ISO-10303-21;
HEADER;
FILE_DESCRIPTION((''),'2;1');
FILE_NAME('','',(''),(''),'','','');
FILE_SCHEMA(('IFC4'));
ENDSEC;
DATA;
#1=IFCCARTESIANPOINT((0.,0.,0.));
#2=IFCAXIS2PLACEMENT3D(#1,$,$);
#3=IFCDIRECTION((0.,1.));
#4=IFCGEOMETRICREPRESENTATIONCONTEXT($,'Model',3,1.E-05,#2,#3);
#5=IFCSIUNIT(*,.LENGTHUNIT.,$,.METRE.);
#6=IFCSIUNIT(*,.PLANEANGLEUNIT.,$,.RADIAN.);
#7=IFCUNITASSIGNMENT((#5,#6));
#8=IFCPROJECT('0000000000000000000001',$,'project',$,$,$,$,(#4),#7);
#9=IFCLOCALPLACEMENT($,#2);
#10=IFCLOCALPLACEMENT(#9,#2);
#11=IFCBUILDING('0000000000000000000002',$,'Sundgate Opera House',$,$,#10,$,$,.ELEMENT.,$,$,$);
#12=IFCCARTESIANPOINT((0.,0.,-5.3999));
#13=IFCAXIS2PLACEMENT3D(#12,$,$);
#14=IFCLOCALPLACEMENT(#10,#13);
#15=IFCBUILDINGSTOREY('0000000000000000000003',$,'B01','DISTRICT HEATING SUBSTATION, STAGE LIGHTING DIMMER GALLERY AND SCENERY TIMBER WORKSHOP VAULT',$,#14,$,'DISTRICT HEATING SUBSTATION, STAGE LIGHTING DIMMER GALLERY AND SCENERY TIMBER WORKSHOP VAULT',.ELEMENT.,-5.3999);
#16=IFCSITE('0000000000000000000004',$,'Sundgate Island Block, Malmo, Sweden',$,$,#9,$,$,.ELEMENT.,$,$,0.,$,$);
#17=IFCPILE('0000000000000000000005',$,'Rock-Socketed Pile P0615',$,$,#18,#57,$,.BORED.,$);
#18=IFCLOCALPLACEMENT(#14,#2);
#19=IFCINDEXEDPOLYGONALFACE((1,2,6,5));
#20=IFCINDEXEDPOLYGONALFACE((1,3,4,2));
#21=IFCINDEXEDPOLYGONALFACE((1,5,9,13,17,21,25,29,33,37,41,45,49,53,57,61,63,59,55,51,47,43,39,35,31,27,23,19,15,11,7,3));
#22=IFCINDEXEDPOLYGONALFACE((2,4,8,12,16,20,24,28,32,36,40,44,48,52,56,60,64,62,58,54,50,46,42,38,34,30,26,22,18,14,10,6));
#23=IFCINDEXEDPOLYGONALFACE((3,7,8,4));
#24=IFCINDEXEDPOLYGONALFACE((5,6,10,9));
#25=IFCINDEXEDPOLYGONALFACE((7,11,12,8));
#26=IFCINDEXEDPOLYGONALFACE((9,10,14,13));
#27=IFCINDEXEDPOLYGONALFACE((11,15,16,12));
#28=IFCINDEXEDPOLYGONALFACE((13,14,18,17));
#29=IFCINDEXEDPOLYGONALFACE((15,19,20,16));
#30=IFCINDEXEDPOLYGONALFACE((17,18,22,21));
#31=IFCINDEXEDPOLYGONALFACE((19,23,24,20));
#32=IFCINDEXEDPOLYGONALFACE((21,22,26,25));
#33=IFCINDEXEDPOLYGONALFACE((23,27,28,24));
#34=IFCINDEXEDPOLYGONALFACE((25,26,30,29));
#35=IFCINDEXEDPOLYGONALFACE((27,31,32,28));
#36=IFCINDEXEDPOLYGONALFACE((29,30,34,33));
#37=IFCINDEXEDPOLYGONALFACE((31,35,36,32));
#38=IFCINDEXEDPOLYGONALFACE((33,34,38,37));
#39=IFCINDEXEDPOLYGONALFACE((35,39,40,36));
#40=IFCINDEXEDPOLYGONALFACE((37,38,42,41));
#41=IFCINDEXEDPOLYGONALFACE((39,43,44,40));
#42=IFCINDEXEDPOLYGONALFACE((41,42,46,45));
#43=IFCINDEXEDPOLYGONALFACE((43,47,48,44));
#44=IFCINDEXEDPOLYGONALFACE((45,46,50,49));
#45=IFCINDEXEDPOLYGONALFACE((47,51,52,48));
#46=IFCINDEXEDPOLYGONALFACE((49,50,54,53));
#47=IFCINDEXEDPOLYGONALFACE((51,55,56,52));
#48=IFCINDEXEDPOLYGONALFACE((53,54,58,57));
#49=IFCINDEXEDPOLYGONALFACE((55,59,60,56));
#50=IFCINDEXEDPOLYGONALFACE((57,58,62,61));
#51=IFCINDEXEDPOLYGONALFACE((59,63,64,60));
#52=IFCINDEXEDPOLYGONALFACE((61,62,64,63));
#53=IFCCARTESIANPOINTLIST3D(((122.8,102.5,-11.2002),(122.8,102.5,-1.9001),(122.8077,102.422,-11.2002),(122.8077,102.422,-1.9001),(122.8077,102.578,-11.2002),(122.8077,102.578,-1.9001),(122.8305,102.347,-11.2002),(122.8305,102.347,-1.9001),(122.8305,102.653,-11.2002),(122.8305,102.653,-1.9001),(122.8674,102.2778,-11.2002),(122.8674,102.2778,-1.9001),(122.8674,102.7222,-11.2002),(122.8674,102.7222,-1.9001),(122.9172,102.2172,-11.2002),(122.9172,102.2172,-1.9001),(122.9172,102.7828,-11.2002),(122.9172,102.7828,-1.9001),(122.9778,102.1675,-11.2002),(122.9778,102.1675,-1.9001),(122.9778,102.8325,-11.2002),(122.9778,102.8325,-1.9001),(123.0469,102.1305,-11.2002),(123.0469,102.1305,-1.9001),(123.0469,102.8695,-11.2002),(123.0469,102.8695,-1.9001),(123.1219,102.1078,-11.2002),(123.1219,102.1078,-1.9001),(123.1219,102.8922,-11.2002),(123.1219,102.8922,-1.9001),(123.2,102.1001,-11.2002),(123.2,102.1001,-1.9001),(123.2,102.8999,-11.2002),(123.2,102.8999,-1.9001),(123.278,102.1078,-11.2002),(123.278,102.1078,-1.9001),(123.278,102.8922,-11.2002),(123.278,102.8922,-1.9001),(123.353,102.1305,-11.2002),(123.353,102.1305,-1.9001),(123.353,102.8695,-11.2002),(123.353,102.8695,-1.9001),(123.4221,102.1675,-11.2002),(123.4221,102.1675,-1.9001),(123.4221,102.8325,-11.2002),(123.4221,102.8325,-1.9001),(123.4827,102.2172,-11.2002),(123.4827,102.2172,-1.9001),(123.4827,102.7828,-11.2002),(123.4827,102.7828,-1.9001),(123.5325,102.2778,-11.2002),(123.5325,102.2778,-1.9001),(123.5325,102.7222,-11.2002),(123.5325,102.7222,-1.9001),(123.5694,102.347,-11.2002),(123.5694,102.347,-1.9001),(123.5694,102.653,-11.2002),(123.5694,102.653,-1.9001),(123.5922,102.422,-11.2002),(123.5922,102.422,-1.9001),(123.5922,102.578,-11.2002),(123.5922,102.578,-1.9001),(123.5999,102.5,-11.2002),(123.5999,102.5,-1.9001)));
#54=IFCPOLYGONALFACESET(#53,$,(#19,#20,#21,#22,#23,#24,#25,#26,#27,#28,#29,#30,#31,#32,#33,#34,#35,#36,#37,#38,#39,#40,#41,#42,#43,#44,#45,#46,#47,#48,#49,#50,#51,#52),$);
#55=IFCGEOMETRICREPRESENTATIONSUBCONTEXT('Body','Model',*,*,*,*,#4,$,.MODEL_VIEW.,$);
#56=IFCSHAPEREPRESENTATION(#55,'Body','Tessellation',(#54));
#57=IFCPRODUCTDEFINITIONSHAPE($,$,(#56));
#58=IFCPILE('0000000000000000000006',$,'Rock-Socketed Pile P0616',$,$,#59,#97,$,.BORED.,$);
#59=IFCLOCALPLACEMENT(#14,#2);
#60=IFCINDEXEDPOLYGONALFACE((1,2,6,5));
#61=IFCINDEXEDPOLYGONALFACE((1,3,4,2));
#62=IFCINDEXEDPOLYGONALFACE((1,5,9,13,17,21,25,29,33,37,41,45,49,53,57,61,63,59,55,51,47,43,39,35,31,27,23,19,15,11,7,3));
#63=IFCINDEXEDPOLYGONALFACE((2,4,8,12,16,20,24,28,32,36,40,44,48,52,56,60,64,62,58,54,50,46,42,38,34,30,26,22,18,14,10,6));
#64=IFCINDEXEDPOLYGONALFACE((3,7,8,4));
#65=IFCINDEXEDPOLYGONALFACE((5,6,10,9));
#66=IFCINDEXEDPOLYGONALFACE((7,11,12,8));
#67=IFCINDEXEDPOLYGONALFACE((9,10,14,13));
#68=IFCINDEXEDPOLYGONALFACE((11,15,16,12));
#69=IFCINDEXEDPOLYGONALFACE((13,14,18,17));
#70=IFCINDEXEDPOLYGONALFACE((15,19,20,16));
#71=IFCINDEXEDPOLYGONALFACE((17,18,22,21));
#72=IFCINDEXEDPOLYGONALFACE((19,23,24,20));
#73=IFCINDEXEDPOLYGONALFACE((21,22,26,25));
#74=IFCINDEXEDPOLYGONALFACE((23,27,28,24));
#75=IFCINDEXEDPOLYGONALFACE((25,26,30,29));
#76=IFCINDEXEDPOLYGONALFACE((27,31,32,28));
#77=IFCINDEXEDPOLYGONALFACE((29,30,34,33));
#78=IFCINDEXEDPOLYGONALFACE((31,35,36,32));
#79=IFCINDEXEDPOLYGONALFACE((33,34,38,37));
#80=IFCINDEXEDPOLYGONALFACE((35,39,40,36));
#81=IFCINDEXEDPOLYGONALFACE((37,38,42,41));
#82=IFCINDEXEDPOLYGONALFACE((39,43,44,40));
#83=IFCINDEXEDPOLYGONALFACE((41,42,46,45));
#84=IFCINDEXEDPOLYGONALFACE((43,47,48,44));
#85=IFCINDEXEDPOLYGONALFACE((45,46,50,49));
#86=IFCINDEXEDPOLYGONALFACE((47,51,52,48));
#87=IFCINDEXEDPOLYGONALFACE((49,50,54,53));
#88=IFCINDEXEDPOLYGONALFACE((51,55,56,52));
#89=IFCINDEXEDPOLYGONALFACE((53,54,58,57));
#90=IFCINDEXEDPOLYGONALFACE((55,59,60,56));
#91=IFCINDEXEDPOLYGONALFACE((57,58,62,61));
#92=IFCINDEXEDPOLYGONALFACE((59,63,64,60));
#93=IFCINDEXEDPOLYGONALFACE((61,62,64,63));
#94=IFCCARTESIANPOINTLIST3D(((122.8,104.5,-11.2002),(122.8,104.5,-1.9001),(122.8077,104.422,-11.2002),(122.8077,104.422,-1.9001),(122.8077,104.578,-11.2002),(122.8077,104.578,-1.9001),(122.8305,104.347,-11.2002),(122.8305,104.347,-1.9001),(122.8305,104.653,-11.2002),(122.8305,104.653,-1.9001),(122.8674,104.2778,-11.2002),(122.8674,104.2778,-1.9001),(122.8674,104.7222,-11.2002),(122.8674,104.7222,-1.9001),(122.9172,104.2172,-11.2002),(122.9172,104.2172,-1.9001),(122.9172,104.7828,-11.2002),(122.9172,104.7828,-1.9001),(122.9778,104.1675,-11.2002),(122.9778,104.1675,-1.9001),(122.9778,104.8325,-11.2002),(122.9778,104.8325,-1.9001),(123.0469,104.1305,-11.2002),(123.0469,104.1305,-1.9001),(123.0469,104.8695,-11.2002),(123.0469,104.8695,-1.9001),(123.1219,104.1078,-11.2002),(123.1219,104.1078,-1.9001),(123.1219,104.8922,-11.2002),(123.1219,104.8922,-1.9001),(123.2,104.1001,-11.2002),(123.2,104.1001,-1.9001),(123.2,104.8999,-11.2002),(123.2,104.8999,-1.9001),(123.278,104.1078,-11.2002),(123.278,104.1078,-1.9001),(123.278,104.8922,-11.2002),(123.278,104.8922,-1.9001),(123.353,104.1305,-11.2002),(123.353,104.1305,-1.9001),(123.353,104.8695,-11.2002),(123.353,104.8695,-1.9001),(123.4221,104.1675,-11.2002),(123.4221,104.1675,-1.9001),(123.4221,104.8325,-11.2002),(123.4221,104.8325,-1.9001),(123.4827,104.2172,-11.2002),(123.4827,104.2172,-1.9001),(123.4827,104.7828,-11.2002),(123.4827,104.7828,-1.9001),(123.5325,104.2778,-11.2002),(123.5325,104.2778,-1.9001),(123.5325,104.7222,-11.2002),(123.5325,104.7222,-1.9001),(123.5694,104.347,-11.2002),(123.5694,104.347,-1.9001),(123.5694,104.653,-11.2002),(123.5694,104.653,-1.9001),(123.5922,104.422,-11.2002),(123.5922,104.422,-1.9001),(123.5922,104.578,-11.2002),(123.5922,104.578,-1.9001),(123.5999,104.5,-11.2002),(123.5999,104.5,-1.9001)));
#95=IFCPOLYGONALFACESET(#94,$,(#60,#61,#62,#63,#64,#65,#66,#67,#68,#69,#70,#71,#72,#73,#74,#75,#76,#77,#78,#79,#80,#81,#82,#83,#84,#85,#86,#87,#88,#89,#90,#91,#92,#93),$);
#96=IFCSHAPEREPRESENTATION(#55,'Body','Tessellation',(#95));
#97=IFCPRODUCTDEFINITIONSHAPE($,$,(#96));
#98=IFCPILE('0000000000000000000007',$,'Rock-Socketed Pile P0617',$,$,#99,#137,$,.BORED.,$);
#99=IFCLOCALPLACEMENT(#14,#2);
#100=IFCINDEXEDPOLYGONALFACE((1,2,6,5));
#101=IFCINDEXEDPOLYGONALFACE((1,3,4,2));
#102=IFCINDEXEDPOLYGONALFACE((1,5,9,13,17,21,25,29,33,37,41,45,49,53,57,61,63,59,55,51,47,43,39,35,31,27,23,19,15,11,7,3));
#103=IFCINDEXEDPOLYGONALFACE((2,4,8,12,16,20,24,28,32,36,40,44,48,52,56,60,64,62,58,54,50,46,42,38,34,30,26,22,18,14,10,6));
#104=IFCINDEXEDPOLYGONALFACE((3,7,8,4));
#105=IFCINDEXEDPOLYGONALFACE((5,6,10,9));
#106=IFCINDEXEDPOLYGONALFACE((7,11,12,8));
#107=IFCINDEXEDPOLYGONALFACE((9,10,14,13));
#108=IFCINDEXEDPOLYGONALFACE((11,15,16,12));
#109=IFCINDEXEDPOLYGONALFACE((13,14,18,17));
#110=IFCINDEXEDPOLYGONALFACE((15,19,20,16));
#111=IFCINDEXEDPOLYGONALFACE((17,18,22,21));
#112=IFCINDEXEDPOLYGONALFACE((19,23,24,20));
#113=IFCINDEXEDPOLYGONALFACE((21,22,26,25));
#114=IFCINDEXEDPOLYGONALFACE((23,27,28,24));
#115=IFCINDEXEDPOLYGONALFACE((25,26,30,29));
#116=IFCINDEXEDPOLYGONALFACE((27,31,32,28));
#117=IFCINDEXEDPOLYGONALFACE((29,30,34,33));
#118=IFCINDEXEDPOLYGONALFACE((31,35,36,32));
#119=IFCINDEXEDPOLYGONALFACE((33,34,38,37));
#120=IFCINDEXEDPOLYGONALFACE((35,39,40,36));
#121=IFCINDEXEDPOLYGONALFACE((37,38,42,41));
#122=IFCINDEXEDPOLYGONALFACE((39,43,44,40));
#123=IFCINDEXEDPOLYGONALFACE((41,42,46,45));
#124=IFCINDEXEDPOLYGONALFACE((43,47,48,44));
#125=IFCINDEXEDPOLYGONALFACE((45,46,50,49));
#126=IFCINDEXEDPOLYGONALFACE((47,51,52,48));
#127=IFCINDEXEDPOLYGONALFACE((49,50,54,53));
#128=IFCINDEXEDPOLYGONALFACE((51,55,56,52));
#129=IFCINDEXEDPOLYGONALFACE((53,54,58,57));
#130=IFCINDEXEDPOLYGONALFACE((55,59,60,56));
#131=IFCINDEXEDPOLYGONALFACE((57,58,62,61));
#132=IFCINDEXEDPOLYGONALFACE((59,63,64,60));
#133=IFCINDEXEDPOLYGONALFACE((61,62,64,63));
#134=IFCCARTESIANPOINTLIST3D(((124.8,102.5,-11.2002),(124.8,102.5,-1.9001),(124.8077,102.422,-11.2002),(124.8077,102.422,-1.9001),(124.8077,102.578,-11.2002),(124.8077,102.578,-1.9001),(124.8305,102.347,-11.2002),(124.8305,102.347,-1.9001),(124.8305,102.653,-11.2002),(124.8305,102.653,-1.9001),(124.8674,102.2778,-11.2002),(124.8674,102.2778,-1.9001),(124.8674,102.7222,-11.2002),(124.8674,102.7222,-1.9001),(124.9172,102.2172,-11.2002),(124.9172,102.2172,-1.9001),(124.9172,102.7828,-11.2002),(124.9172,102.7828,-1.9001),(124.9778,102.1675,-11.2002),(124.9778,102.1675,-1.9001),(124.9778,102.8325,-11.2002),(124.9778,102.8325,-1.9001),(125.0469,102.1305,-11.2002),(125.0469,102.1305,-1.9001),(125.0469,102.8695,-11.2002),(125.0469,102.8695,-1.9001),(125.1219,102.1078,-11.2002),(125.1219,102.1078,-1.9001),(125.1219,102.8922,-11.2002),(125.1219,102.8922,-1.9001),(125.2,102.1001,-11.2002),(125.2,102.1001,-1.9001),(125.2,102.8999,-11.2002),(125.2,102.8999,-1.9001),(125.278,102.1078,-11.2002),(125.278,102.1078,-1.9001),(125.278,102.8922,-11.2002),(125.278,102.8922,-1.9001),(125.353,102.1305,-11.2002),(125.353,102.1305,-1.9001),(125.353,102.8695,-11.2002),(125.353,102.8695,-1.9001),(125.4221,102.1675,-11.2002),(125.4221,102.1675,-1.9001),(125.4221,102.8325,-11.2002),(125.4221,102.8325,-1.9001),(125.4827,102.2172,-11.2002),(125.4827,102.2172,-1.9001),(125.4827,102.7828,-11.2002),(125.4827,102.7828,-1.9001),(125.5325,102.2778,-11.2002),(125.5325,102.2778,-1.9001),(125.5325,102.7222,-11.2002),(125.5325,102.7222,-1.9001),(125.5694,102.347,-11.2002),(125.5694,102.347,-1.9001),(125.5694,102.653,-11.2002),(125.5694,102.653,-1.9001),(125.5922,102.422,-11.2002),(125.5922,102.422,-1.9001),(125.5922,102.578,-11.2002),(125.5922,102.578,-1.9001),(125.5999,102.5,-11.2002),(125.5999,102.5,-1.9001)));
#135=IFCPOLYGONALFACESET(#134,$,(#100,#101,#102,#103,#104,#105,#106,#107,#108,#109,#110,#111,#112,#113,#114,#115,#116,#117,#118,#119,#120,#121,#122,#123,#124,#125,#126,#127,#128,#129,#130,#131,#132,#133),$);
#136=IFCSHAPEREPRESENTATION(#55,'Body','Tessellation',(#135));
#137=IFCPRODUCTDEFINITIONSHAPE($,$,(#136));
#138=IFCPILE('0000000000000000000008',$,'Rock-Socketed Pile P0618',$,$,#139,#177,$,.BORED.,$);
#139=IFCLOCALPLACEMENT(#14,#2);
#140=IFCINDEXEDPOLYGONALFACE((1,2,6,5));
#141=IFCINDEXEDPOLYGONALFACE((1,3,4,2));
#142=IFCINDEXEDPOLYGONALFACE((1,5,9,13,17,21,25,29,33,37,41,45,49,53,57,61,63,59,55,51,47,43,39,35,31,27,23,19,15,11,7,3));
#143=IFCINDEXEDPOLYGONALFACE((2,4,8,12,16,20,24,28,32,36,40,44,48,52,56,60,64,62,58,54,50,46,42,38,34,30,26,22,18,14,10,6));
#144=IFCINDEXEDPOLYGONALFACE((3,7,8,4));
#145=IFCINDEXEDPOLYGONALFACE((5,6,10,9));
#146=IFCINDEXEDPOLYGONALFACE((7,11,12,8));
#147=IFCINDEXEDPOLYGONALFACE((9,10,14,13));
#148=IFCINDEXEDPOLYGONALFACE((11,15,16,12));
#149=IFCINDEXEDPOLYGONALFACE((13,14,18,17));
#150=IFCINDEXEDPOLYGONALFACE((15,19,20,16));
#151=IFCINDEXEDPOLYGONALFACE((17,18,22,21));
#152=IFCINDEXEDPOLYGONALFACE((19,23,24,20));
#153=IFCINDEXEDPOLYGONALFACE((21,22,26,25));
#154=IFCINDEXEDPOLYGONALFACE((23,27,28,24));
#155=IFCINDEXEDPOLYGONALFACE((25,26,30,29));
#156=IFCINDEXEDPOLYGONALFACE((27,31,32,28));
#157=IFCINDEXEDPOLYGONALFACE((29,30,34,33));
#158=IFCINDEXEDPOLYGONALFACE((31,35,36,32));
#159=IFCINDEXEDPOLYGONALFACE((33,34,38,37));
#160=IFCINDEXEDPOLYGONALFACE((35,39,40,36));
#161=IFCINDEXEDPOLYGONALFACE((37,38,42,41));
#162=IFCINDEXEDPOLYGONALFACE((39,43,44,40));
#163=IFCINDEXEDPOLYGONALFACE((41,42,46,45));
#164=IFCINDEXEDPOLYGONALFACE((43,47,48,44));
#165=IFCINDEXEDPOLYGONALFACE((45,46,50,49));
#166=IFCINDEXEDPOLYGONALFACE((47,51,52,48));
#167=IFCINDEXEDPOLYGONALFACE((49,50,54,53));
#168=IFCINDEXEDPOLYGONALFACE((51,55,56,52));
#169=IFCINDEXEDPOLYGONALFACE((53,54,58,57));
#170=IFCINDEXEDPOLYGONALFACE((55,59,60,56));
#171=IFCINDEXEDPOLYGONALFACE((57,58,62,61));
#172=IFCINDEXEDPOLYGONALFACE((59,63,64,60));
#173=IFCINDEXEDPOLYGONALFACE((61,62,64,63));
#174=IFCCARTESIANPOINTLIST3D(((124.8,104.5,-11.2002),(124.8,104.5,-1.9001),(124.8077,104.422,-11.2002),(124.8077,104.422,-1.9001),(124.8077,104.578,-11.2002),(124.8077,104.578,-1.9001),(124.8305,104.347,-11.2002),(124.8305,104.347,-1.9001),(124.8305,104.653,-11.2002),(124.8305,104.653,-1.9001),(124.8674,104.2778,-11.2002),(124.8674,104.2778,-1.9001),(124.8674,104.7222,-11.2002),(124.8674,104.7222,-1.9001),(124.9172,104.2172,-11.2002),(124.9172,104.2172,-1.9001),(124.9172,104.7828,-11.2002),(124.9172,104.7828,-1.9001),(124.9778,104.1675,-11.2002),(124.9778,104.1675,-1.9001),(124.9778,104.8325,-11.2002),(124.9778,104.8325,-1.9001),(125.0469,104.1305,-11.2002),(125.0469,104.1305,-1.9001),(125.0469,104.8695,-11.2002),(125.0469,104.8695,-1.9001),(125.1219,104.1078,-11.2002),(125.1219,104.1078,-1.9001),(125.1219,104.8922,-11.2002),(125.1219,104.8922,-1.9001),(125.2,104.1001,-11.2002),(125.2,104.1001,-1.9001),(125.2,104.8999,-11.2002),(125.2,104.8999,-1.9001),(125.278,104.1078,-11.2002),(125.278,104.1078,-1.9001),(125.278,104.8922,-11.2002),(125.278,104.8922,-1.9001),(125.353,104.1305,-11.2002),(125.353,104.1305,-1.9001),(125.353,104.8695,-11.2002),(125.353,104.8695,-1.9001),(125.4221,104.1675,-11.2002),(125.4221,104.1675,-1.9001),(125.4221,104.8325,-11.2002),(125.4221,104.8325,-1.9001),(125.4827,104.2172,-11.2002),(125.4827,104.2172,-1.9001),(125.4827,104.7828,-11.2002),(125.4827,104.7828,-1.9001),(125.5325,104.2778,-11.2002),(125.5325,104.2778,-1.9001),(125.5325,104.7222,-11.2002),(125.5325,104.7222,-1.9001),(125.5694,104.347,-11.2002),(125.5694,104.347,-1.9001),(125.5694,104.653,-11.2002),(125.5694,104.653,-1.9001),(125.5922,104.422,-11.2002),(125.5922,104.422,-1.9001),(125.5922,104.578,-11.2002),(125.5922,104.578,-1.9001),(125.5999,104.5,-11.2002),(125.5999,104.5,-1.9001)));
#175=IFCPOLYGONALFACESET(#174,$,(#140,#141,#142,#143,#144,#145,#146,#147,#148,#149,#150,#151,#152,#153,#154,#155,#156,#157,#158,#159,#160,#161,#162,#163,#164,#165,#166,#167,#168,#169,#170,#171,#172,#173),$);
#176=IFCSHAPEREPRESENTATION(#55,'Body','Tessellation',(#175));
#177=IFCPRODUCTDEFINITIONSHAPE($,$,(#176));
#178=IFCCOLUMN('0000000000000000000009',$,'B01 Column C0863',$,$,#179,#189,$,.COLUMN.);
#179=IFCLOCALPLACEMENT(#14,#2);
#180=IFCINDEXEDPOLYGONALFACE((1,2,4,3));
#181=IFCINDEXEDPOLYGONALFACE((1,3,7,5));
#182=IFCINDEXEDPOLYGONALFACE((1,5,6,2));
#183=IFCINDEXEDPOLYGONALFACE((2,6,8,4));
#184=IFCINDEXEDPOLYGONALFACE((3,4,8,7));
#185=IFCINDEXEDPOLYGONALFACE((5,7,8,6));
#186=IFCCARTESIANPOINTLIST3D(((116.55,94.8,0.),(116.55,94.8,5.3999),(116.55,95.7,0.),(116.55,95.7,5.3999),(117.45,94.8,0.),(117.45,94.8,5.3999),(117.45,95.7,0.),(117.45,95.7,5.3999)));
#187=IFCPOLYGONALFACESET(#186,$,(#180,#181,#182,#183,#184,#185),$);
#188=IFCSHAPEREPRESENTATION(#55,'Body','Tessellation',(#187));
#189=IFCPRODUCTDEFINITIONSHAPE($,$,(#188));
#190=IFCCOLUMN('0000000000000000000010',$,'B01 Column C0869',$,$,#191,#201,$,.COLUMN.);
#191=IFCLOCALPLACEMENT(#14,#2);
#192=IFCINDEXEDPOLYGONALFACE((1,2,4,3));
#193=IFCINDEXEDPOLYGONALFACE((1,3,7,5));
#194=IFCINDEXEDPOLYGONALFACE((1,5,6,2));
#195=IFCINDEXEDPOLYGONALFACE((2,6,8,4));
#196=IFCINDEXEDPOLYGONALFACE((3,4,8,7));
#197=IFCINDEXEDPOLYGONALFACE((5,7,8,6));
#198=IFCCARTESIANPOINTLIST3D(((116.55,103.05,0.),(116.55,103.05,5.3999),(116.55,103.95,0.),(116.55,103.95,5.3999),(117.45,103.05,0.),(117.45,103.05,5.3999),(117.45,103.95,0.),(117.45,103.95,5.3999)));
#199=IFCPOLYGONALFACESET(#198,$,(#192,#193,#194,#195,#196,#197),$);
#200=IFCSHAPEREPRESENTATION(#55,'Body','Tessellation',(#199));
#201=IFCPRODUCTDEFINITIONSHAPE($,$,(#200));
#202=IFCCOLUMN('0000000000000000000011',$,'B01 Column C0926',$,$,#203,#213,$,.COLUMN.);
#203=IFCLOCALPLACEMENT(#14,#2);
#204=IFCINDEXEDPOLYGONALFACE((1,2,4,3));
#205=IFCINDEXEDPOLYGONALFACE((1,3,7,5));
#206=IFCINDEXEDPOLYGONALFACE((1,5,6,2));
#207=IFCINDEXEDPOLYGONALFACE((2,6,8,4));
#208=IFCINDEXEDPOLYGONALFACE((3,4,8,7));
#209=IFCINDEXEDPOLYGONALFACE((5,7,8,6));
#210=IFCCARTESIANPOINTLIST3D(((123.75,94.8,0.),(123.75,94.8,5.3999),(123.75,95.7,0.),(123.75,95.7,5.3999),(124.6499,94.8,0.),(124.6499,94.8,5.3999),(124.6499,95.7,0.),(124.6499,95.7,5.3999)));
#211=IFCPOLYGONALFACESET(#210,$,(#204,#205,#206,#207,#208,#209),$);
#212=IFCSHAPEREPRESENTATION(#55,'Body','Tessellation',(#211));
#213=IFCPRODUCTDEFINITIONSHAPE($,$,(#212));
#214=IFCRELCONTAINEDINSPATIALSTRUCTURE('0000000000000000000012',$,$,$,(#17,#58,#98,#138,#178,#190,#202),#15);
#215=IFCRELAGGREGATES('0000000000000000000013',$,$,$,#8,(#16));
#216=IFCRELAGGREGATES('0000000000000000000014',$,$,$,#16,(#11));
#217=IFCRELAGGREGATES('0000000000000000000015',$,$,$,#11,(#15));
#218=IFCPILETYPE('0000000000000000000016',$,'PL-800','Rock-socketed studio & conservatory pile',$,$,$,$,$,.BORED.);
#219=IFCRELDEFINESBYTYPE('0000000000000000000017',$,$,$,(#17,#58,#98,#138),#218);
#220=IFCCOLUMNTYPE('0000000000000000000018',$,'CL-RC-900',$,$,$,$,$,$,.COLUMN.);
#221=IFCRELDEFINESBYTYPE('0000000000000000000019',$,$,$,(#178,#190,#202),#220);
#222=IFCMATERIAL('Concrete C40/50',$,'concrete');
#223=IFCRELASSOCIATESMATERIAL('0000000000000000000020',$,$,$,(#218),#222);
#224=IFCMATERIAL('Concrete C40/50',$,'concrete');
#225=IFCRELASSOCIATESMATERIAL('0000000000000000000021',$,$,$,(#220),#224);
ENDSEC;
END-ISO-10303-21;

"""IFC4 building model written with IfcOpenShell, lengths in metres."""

from ifc_helpers import new_model, si_unit, direction, frame, origin, origin_2d, place, context, subcontext, project, spatial, rectangle, circle, extrude, material, material_profile, profile_set, type_object, element, save


model = new_model("IFC4")

# Units and contexts
model_context = context("Model", 3, precision=1e-05, world=origin(), true_north=direction((0.0, 1.0)))
body_context = subcontext(model_context, "Body", "Model", "MODEL_VIEW")
ifc_project = project(units=[si_unit("LENGTHUNIT", "METRE"), si_unit("PLANEANGLEUNIT", "RADIAN")], contexts=[model_context])

# Site, building, storey
site_placement = place(None, origin())
site = spatial("IfcSite", under=ifc_project, at=site_placement, Name="Sundgate Island Block, Malmo, Sweden", CompositionType="ELEMENT", RefElevation=0.0)
building_placement = place(site_placement, origin())
building = spatial("IfcBuilding", under=site, at=building_placement, Name="Sundgate Opera House", CompositionType="ELEMENT")
storey_placement = place(building_placement, frame((0.0, 0.0, -5.3999)))
storey = spatial("IfcBuildingStorey", under=building, at=storey_placement, Name="B01", Description="DISTRICT HEATING SUBSTATION, STAGE LIGHTING DIMMER GALLERY AND SCENERY TIMBER WORKSHOP VAULT", LongName="DISTRICT HEATING SUBSTATION, STAGE LIGHTING DIMMER GALLERY AND SCENERY TIMBER WORKSHOP VAULT", CompositionType="ELEMENT", Elevation=-5.3999)

# Piles
ifc_material_1 = material(Name="Concrete C40/50", Category="concrete")
ifc_material_profile_1 = material_profile(ifc_material_1, circle(Radius=0.3999, at=origin_2d()), Name="PILE D800")
ifc_profile_set_1 = profile_set([ifc_material_profile_1], Name="Concrete C40/50")
pile_type = type_object("IfcPileType", Name="PL-800", Description="Rock-socketed studio & conservatory pile", PredefinedType="BORED", material=ifc_profile_set_1)
for number, where, z_axis, x_axis, name in (
    (1, (123.2, 102.5, -1.9001), (0.0, 0.0, -1.0), (1.0, 0.0, 0.0), "Rock-Socketed Pile P0615"),
    (2, (123.2, 104.5, -1.9001), (0.0, 0.0, -1.0), (1.0, 0.0, 0.0), "Rock-Socketed Pile P0616"),
    (3, (125.2, 102.5, -1.9001), (0.0, 0.0, -1.0), (1.0, 0.0, 0.0), "Rock-Socketed Pile P0617"),
    (4, (125.2, 104.5, -1.9001), (0.0, 0.0, -1.0), (1.0, 0.0, 0.0), "Rock-Socketed Pile P0618"),
):
    element("IfcPile", number, at=place(storey_placement, frame(where, z_axis=z_axis, x_axis=x_axis)), inside=storey, type_object=pile_type, Name=name, PredefinedType="BORED", context=body_context, shape_type="SweptSolid", body=[
        extrude(circle(Radius=0.3999, at=origin_2d()), origin(), (0.0, 0.0, 1.0), 9.3),
    ])

# Columns
ifc_material_2 = material(Name="Concrete C40/50", Category="concrete")
ifc_material_profile_2 = material_profile(ifc_material_2, rectangle(XDim=0.8999, YDim=0.8999, at=origin_2d()), Name="RC 900x900")
ifc_profile_set_2 = profile_set([ifc_material_profile_2], Name="Concrete C40/50")
column_type = type_object("IfcColumnType", Name="CL-RC-900", PredefinedType="COLUMN", material=ifc_profile_set_2)
for number, where, z_axis, x_axis, name in (
    (5, (117.0, 95.25, 0.0), (0.0, 0.0, 1.0), (1.0, 0.0, 0.0), "B01 Column C0863"),
    (6, (117.0, 103.5, 0.0), (0.0, 0.0, 1.0), (1.0, 0.0, 0.0), "B01 Column C0869"),
    (7, (124.2, 95.25, 0.0), (0.0, 0.0, 1.0), (1.0, 0.0, 0.0), "B01 Column C0926"),
):
    element("IfcColumn", number, at=place(storey_placement, frame(where, z_axis=z_axis, x_axis=x_axis)), inside=storey, type_object=column_type, Name=name, PredefinedType="COLUMN", context=body_context, shape_type="SweptSolid", body=[
        extrude(rectangle(XDim=0.8999, YDim=0.8999, at=origin_2d()), origin(), (0.0, 0.0, 1.0), 5.3999),
    ])

save(model, "model.ifc")
